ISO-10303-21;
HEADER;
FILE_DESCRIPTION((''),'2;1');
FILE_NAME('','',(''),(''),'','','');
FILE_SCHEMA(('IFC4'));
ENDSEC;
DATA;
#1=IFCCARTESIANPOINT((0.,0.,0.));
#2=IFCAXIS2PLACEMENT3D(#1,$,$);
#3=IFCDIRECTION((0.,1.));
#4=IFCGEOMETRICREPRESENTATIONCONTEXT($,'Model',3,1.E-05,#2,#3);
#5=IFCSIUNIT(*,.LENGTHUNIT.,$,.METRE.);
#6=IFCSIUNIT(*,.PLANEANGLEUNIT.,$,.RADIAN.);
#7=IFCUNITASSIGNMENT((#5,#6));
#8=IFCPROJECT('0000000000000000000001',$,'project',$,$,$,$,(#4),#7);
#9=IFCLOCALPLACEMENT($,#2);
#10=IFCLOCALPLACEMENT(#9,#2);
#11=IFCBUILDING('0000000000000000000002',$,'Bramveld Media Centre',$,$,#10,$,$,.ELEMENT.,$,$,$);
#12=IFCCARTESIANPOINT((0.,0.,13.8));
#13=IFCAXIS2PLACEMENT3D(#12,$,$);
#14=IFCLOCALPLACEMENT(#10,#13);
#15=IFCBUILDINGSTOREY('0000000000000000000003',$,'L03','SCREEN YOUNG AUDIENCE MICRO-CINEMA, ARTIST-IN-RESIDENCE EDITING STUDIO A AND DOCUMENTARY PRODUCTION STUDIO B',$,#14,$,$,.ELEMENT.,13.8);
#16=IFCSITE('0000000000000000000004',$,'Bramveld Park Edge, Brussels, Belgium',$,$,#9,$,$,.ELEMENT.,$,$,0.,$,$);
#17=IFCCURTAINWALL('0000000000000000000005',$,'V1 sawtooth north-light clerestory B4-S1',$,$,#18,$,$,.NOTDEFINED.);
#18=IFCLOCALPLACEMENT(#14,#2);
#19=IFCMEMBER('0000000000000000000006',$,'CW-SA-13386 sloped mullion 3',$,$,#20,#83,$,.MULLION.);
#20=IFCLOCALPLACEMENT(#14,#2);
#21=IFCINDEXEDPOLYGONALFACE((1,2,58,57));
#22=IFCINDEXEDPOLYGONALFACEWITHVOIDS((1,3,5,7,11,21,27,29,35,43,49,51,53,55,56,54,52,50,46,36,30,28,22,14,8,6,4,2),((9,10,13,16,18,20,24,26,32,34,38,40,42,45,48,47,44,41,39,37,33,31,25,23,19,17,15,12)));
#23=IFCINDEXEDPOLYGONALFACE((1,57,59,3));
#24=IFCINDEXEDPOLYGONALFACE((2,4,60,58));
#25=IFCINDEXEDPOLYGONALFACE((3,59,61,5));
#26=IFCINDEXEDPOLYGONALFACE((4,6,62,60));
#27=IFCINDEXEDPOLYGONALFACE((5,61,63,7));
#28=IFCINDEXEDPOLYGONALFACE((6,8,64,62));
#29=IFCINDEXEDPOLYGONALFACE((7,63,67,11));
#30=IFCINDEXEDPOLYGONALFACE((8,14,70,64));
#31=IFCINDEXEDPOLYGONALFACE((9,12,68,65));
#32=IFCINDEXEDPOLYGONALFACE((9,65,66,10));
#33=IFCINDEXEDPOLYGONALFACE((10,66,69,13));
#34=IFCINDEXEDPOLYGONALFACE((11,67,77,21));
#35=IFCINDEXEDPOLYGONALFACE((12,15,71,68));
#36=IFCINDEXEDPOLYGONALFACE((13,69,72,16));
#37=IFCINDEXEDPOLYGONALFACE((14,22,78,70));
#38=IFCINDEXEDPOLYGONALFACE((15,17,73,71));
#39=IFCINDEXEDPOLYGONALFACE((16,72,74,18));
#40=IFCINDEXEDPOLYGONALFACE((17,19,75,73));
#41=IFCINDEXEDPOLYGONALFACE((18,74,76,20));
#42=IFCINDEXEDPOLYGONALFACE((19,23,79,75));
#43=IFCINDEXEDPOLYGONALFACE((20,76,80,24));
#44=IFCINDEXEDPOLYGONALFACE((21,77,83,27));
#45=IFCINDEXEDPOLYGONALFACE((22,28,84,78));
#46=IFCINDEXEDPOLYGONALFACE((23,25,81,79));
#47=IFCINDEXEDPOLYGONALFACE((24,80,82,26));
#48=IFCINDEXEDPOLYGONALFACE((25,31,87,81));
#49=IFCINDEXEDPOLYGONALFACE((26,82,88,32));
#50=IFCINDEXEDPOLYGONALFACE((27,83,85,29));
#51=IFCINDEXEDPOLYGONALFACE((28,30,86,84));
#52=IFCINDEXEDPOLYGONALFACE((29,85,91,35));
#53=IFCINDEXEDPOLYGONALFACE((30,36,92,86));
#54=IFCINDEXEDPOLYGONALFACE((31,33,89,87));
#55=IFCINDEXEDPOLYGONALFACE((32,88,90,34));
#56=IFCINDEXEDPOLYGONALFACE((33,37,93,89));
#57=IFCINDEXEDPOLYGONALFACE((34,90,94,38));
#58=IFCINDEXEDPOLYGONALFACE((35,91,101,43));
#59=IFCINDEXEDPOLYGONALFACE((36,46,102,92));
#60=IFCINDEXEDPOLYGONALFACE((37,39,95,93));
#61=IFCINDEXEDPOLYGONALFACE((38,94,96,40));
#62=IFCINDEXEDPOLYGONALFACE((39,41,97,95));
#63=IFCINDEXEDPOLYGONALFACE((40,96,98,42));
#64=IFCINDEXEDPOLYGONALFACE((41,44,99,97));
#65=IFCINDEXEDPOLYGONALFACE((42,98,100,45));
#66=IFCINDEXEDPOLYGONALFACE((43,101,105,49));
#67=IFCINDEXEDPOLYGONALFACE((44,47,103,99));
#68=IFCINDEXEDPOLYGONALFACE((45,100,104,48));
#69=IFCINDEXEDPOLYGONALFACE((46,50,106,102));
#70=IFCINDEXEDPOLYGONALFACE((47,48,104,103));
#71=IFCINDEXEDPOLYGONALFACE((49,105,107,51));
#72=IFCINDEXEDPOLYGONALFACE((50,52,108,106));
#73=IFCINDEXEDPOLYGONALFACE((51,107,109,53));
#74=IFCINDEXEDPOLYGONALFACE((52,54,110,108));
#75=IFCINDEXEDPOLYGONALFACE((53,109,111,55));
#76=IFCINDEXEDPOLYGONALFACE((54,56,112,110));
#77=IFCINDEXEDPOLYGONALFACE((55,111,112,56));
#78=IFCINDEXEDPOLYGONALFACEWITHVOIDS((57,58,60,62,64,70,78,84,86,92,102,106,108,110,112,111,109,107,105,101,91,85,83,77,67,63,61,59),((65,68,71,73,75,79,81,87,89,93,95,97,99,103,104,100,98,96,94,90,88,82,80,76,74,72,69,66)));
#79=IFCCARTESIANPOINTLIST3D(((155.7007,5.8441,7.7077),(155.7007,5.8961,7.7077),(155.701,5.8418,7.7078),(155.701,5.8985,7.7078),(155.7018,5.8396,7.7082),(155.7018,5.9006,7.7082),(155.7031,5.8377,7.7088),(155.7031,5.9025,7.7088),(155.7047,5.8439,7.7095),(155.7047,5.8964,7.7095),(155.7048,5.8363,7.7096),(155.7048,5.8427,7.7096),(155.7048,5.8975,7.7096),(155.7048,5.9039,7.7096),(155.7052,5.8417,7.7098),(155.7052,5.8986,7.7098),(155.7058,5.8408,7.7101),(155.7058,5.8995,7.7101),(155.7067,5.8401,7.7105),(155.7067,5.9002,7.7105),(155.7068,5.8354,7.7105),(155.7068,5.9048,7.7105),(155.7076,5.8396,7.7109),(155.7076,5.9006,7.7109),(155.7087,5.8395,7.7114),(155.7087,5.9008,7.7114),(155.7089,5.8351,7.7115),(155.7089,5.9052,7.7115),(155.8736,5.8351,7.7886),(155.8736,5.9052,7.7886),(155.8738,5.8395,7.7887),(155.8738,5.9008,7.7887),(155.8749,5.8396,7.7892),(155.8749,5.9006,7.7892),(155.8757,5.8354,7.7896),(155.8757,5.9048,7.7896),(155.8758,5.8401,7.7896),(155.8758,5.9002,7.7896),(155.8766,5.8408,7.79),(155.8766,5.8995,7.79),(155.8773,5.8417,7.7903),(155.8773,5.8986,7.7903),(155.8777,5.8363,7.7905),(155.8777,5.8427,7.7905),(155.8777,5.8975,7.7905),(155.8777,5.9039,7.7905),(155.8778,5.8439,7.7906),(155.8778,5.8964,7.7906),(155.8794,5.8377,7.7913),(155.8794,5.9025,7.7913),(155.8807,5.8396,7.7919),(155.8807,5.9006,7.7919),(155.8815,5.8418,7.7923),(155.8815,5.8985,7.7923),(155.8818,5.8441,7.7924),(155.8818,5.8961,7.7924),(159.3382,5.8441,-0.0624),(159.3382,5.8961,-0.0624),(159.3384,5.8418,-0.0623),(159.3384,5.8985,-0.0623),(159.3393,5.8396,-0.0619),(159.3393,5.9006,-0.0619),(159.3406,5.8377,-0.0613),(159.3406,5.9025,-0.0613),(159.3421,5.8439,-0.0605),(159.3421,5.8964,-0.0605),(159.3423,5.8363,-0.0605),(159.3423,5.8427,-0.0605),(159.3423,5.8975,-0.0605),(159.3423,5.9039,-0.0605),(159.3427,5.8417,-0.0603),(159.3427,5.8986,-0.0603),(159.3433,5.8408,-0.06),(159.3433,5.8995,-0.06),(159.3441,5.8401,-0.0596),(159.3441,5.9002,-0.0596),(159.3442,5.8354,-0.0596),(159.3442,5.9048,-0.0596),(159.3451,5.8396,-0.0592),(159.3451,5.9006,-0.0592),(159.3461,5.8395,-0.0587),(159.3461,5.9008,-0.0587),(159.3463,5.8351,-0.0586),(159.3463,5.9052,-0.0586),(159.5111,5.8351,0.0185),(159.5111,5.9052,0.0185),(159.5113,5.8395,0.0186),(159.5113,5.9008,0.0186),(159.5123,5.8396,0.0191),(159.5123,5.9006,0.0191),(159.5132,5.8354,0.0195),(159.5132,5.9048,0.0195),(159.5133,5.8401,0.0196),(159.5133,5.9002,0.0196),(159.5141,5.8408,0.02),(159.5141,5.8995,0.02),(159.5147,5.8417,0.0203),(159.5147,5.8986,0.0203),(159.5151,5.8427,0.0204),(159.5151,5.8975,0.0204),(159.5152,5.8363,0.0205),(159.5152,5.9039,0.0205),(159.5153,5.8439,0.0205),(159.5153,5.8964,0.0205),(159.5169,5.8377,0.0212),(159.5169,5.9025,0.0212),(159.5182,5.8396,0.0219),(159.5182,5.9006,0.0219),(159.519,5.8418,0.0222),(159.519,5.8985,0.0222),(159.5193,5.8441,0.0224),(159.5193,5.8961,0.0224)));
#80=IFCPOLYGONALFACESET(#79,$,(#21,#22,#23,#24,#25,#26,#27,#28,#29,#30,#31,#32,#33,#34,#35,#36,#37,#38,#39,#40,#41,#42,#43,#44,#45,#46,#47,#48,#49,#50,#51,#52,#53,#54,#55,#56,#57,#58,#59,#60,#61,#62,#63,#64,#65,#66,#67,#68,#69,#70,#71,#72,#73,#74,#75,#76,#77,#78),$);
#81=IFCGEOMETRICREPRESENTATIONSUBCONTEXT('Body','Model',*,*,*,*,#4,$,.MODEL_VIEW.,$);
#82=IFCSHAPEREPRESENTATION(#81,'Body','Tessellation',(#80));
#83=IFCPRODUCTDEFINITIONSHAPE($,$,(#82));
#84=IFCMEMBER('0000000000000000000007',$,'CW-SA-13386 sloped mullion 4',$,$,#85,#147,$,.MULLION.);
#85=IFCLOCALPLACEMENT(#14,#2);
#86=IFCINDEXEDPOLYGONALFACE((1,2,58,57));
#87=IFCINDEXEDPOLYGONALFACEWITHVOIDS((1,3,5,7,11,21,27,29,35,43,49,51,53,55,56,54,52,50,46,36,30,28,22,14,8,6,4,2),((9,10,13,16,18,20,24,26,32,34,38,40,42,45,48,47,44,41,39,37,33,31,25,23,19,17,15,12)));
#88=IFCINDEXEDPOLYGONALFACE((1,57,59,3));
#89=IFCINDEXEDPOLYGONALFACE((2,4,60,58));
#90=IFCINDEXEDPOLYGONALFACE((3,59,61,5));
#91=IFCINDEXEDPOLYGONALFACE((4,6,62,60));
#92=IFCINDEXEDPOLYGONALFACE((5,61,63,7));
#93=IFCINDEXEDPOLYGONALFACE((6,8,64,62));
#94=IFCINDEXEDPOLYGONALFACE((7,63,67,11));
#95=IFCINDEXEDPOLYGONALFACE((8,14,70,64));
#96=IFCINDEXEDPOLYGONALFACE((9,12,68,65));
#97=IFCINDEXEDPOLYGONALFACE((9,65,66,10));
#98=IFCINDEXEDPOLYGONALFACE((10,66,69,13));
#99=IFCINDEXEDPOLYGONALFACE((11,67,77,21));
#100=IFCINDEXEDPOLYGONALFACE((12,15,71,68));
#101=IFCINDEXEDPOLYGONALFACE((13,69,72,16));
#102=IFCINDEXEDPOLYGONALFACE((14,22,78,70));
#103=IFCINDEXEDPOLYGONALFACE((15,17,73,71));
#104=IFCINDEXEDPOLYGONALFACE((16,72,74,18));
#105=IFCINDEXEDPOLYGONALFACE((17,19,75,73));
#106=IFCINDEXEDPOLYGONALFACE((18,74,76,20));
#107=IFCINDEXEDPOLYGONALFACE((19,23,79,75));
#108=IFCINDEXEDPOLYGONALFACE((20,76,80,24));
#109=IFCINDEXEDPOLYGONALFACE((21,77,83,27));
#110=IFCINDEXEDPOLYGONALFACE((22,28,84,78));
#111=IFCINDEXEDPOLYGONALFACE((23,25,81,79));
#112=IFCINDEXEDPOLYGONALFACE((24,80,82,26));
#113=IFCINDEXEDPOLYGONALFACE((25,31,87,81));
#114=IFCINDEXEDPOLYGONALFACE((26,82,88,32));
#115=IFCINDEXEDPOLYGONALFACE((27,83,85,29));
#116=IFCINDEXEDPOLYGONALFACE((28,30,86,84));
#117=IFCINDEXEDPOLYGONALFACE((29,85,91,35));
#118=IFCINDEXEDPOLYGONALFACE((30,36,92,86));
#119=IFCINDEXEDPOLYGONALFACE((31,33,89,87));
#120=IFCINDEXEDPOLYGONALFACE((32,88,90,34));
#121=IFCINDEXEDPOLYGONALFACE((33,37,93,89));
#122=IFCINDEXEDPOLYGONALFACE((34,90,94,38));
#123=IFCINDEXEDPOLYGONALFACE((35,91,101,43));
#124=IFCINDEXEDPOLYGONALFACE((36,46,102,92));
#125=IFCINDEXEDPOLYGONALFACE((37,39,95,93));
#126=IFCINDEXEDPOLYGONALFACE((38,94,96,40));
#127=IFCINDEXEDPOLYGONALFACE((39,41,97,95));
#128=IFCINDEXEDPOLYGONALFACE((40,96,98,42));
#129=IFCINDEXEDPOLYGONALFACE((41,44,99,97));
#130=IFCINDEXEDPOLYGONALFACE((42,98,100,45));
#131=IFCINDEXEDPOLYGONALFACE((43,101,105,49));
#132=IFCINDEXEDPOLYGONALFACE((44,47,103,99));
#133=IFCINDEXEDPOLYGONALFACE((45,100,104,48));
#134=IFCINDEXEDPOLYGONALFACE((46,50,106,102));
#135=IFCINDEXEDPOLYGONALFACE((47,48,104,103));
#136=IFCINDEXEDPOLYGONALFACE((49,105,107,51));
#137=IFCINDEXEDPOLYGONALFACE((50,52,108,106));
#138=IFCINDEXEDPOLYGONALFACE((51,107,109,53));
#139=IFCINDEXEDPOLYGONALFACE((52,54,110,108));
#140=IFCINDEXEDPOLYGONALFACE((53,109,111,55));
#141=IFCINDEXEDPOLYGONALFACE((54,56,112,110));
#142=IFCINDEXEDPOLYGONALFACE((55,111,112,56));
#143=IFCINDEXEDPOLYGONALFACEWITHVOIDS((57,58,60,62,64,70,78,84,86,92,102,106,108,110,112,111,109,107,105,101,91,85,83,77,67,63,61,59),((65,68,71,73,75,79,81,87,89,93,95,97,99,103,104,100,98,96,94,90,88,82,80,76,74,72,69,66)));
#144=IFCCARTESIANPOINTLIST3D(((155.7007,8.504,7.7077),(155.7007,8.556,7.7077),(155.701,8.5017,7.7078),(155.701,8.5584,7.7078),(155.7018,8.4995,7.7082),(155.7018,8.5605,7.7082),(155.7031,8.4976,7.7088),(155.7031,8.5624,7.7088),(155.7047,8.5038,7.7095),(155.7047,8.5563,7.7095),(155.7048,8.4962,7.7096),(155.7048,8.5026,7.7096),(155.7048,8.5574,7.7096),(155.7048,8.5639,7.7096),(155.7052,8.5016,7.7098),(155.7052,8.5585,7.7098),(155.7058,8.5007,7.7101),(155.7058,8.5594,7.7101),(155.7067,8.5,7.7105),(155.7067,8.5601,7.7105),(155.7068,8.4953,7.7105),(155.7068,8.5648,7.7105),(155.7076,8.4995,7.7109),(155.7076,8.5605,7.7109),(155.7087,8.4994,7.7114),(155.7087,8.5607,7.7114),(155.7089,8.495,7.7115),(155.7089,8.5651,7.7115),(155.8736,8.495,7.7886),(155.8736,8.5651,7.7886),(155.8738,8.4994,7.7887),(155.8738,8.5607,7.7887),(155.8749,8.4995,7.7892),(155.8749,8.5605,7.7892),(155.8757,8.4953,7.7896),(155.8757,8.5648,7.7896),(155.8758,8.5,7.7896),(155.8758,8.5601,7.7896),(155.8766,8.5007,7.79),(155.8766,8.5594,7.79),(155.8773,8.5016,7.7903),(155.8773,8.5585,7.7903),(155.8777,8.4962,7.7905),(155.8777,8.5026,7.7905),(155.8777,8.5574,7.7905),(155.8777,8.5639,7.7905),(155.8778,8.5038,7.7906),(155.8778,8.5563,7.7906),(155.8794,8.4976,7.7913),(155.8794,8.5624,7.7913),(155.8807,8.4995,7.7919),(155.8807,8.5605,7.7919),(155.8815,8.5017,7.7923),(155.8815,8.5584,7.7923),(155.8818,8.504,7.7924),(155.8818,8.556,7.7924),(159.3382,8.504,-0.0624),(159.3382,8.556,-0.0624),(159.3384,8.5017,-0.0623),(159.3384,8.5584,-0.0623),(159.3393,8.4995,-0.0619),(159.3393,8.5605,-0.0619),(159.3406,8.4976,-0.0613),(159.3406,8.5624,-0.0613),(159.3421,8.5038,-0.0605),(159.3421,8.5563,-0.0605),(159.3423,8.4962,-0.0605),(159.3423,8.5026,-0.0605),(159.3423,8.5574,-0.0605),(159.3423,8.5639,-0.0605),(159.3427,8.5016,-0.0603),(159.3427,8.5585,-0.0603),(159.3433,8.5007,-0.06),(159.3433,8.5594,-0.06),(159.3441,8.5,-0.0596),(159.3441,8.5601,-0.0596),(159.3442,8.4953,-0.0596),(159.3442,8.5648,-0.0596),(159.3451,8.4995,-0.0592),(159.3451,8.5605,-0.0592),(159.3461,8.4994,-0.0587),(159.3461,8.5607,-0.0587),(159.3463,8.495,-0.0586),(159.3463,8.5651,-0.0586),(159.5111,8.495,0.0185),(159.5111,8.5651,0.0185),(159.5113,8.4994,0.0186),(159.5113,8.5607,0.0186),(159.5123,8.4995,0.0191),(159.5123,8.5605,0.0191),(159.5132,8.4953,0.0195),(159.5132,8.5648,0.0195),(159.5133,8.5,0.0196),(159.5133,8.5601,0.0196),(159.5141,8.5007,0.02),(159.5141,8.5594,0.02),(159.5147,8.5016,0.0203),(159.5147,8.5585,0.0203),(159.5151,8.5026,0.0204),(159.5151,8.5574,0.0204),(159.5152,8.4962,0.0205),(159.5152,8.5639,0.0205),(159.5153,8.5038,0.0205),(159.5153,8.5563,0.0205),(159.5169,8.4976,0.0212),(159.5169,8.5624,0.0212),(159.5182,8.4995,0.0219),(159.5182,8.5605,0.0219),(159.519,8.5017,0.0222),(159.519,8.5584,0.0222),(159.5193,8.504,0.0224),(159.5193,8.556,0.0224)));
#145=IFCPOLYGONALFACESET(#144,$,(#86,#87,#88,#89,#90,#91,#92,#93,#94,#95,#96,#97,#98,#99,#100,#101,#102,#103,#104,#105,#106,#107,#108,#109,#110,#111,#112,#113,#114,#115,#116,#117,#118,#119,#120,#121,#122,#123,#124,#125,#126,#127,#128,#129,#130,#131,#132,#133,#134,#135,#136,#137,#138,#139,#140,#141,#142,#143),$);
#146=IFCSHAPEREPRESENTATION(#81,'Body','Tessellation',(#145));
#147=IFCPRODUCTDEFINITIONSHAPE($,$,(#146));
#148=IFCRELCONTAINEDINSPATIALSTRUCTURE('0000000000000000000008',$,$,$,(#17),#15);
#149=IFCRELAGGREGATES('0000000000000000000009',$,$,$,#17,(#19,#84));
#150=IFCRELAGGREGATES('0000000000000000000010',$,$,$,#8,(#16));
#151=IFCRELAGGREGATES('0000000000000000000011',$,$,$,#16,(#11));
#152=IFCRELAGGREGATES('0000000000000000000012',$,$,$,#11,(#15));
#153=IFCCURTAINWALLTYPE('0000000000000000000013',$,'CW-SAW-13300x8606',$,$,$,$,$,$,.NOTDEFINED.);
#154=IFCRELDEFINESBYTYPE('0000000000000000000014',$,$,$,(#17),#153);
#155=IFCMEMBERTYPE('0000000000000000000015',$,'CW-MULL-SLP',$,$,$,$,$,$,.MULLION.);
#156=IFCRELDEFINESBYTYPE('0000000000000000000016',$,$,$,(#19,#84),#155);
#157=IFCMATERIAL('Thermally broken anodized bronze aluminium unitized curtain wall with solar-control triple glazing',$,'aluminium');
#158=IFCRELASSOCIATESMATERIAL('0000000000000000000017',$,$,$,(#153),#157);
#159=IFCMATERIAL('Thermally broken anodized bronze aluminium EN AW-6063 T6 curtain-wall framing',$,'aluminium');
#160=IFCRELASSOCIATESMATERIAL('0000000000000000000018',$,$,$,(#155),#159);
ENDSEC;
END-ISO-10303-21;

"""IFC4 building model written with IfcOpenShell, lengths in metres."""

from ifc_helpers import new_model, si_unit, direction, frame, origin, origin_2d, place, context, subcontext, project, spatial, hollow_rectangle, extrude, material, material_profile, profile_set, type_object, element, aggregate, save


model = new_model("IFC4")

# Units and contexts
model_context = context("Model", 3, precision=1e-05, world=origin(), true_north=direction((0.0, 1.0)))
body_context = subcontext(model_context, "Body", "Model", "MODEL_VIEW")
ifc_project = project(units=[si_unit("LENGTHUNIT", "METRE"), si_unit("PLANEANGLEUNIT", "RADIAN")], contexts=[model_context])

# Site, building, storey
site_placement = place(None, origin())
site = spatial("IfcSite", under=ifc_project, at=site_placement, Name="Bramveld Park Edge, Brussels, Belgium", CompositionType="ELEMENT", RefElevation=0.0)
building_placement = place(site_placement, origin())
building = spatial("IfcBuilding", under=site, at=building_placement, Name="Bramveld Media Centre", CompositionType="ELEMENT")
storey_placement = place(building_placement, frame((0.0, 0.0, 13.8)))
storey = spatial("IfcBuildingStorey", under=building, at=storey_placement, Name="L03", Description="SCREEN YOUNG AUDIENCE MICRO-CINEMA, ARTIST-IN-RESIDENCE EDITING STUDIO A AND DOCUMENTARY PRODUCTION STUDIO B", CompositionType="ELEMENT", Elevation=13.8)

# Curtain wall, members
ifc_material_1 = material(Name="Thermally broken anodized bronze aluminium unitized curtain wall with solar-control triple glazing", Category="aluminium")
curtain_wall_type = type_object("IfcCurtainWallType", Name="CW-SAW-13300x8606", PredefinedType="NOTDEFINED", material=ifc_material_1)
curtain_wall_placement = place(storey_placement, origin())
curtain_wall = element("IfcCurtainWall", 1, at=curtain_wall_placement, inside=storey, type_object=curtain_wall_type, Name="V1 sawtooth north-light clerestory B4-S1", PredefinedType="NOTDEFINED")
ifc_material_2 = material(Name="Thermally broken anodized bronze aluminium EN AW-6063 T6 curtain-wall framing", Category="aluminium")
ifc_material_profile_1 = material_profile(ifc_material_2, hollow_rectangle(XDim=0.0701, YDim=0.2, WallThickness=0.0044, InnerFilletRadius=0.0044, OuterFilletRadius=0.009, at=origin_2d()), Name="AL-MULL 70x200")
ifc_profile_set_1 = profile_set([ifc_material_profile_1], Name="Thermally broken anodized bronze aluminium EN AW-6063 T6 curtain-wall framing")
member_type_1 = type_object("IfcMemberType", Name="CW-MULL-SLP", PredefinedType="MULLION", material=ifc_profile_set_1)
member_1_placement = place(storey_placement, frame((159.4287, 5.8701, -0.02), z_axis=(-0.42398, 0.0, 0.905671), x_axis=(0.0, -1.0, 0.0)))
member_1 = element("IfcMember", 2, at=member_1_placement, type_object=member_type_1, Name="CW-SA-13386 sloped mullion 3", PredefinedType="MULLION", context=body_context, shape_type="SweptSolid", body=[
    extrude(hollow_rectangle(XDim=0.0701, YDim=0.2, WallThickness=0.0044, InnerFilletRadius=0.0044, OuterFilletRadius=0.009, at=origin_2d()), origin(), (0.0, 0.0, 1.0), 8.5793),
])
member_2_placement = place(storey_placement, frame((159.4287, 8.53, -0.02), z_axis=(-0.42398, 0.0, 0.905671), x_axis=(0.0, -1.0, 0.0)))
member_2 = element("IfcMember", 3, at=member_2_placement, type_object=member_type_1, Name="CW-SA-13386 sloped mullion 4", PredefinedType="MULLION", context=body_context, shape_type="SweptSolid", body=[
    extrude(hollow_rectangle(XDim=0.0701, YDim=0.2, WallThickness=0.0044, InnerFilletRadius=0.0044, OuterFilletRadius=0.009, at=origin_2d()), origin(), (0.0, 0.0, 1.0), 8.5793),
])

aggregate(curtain_wall, [member_1, member_2])

save(model, "model.ifc")
